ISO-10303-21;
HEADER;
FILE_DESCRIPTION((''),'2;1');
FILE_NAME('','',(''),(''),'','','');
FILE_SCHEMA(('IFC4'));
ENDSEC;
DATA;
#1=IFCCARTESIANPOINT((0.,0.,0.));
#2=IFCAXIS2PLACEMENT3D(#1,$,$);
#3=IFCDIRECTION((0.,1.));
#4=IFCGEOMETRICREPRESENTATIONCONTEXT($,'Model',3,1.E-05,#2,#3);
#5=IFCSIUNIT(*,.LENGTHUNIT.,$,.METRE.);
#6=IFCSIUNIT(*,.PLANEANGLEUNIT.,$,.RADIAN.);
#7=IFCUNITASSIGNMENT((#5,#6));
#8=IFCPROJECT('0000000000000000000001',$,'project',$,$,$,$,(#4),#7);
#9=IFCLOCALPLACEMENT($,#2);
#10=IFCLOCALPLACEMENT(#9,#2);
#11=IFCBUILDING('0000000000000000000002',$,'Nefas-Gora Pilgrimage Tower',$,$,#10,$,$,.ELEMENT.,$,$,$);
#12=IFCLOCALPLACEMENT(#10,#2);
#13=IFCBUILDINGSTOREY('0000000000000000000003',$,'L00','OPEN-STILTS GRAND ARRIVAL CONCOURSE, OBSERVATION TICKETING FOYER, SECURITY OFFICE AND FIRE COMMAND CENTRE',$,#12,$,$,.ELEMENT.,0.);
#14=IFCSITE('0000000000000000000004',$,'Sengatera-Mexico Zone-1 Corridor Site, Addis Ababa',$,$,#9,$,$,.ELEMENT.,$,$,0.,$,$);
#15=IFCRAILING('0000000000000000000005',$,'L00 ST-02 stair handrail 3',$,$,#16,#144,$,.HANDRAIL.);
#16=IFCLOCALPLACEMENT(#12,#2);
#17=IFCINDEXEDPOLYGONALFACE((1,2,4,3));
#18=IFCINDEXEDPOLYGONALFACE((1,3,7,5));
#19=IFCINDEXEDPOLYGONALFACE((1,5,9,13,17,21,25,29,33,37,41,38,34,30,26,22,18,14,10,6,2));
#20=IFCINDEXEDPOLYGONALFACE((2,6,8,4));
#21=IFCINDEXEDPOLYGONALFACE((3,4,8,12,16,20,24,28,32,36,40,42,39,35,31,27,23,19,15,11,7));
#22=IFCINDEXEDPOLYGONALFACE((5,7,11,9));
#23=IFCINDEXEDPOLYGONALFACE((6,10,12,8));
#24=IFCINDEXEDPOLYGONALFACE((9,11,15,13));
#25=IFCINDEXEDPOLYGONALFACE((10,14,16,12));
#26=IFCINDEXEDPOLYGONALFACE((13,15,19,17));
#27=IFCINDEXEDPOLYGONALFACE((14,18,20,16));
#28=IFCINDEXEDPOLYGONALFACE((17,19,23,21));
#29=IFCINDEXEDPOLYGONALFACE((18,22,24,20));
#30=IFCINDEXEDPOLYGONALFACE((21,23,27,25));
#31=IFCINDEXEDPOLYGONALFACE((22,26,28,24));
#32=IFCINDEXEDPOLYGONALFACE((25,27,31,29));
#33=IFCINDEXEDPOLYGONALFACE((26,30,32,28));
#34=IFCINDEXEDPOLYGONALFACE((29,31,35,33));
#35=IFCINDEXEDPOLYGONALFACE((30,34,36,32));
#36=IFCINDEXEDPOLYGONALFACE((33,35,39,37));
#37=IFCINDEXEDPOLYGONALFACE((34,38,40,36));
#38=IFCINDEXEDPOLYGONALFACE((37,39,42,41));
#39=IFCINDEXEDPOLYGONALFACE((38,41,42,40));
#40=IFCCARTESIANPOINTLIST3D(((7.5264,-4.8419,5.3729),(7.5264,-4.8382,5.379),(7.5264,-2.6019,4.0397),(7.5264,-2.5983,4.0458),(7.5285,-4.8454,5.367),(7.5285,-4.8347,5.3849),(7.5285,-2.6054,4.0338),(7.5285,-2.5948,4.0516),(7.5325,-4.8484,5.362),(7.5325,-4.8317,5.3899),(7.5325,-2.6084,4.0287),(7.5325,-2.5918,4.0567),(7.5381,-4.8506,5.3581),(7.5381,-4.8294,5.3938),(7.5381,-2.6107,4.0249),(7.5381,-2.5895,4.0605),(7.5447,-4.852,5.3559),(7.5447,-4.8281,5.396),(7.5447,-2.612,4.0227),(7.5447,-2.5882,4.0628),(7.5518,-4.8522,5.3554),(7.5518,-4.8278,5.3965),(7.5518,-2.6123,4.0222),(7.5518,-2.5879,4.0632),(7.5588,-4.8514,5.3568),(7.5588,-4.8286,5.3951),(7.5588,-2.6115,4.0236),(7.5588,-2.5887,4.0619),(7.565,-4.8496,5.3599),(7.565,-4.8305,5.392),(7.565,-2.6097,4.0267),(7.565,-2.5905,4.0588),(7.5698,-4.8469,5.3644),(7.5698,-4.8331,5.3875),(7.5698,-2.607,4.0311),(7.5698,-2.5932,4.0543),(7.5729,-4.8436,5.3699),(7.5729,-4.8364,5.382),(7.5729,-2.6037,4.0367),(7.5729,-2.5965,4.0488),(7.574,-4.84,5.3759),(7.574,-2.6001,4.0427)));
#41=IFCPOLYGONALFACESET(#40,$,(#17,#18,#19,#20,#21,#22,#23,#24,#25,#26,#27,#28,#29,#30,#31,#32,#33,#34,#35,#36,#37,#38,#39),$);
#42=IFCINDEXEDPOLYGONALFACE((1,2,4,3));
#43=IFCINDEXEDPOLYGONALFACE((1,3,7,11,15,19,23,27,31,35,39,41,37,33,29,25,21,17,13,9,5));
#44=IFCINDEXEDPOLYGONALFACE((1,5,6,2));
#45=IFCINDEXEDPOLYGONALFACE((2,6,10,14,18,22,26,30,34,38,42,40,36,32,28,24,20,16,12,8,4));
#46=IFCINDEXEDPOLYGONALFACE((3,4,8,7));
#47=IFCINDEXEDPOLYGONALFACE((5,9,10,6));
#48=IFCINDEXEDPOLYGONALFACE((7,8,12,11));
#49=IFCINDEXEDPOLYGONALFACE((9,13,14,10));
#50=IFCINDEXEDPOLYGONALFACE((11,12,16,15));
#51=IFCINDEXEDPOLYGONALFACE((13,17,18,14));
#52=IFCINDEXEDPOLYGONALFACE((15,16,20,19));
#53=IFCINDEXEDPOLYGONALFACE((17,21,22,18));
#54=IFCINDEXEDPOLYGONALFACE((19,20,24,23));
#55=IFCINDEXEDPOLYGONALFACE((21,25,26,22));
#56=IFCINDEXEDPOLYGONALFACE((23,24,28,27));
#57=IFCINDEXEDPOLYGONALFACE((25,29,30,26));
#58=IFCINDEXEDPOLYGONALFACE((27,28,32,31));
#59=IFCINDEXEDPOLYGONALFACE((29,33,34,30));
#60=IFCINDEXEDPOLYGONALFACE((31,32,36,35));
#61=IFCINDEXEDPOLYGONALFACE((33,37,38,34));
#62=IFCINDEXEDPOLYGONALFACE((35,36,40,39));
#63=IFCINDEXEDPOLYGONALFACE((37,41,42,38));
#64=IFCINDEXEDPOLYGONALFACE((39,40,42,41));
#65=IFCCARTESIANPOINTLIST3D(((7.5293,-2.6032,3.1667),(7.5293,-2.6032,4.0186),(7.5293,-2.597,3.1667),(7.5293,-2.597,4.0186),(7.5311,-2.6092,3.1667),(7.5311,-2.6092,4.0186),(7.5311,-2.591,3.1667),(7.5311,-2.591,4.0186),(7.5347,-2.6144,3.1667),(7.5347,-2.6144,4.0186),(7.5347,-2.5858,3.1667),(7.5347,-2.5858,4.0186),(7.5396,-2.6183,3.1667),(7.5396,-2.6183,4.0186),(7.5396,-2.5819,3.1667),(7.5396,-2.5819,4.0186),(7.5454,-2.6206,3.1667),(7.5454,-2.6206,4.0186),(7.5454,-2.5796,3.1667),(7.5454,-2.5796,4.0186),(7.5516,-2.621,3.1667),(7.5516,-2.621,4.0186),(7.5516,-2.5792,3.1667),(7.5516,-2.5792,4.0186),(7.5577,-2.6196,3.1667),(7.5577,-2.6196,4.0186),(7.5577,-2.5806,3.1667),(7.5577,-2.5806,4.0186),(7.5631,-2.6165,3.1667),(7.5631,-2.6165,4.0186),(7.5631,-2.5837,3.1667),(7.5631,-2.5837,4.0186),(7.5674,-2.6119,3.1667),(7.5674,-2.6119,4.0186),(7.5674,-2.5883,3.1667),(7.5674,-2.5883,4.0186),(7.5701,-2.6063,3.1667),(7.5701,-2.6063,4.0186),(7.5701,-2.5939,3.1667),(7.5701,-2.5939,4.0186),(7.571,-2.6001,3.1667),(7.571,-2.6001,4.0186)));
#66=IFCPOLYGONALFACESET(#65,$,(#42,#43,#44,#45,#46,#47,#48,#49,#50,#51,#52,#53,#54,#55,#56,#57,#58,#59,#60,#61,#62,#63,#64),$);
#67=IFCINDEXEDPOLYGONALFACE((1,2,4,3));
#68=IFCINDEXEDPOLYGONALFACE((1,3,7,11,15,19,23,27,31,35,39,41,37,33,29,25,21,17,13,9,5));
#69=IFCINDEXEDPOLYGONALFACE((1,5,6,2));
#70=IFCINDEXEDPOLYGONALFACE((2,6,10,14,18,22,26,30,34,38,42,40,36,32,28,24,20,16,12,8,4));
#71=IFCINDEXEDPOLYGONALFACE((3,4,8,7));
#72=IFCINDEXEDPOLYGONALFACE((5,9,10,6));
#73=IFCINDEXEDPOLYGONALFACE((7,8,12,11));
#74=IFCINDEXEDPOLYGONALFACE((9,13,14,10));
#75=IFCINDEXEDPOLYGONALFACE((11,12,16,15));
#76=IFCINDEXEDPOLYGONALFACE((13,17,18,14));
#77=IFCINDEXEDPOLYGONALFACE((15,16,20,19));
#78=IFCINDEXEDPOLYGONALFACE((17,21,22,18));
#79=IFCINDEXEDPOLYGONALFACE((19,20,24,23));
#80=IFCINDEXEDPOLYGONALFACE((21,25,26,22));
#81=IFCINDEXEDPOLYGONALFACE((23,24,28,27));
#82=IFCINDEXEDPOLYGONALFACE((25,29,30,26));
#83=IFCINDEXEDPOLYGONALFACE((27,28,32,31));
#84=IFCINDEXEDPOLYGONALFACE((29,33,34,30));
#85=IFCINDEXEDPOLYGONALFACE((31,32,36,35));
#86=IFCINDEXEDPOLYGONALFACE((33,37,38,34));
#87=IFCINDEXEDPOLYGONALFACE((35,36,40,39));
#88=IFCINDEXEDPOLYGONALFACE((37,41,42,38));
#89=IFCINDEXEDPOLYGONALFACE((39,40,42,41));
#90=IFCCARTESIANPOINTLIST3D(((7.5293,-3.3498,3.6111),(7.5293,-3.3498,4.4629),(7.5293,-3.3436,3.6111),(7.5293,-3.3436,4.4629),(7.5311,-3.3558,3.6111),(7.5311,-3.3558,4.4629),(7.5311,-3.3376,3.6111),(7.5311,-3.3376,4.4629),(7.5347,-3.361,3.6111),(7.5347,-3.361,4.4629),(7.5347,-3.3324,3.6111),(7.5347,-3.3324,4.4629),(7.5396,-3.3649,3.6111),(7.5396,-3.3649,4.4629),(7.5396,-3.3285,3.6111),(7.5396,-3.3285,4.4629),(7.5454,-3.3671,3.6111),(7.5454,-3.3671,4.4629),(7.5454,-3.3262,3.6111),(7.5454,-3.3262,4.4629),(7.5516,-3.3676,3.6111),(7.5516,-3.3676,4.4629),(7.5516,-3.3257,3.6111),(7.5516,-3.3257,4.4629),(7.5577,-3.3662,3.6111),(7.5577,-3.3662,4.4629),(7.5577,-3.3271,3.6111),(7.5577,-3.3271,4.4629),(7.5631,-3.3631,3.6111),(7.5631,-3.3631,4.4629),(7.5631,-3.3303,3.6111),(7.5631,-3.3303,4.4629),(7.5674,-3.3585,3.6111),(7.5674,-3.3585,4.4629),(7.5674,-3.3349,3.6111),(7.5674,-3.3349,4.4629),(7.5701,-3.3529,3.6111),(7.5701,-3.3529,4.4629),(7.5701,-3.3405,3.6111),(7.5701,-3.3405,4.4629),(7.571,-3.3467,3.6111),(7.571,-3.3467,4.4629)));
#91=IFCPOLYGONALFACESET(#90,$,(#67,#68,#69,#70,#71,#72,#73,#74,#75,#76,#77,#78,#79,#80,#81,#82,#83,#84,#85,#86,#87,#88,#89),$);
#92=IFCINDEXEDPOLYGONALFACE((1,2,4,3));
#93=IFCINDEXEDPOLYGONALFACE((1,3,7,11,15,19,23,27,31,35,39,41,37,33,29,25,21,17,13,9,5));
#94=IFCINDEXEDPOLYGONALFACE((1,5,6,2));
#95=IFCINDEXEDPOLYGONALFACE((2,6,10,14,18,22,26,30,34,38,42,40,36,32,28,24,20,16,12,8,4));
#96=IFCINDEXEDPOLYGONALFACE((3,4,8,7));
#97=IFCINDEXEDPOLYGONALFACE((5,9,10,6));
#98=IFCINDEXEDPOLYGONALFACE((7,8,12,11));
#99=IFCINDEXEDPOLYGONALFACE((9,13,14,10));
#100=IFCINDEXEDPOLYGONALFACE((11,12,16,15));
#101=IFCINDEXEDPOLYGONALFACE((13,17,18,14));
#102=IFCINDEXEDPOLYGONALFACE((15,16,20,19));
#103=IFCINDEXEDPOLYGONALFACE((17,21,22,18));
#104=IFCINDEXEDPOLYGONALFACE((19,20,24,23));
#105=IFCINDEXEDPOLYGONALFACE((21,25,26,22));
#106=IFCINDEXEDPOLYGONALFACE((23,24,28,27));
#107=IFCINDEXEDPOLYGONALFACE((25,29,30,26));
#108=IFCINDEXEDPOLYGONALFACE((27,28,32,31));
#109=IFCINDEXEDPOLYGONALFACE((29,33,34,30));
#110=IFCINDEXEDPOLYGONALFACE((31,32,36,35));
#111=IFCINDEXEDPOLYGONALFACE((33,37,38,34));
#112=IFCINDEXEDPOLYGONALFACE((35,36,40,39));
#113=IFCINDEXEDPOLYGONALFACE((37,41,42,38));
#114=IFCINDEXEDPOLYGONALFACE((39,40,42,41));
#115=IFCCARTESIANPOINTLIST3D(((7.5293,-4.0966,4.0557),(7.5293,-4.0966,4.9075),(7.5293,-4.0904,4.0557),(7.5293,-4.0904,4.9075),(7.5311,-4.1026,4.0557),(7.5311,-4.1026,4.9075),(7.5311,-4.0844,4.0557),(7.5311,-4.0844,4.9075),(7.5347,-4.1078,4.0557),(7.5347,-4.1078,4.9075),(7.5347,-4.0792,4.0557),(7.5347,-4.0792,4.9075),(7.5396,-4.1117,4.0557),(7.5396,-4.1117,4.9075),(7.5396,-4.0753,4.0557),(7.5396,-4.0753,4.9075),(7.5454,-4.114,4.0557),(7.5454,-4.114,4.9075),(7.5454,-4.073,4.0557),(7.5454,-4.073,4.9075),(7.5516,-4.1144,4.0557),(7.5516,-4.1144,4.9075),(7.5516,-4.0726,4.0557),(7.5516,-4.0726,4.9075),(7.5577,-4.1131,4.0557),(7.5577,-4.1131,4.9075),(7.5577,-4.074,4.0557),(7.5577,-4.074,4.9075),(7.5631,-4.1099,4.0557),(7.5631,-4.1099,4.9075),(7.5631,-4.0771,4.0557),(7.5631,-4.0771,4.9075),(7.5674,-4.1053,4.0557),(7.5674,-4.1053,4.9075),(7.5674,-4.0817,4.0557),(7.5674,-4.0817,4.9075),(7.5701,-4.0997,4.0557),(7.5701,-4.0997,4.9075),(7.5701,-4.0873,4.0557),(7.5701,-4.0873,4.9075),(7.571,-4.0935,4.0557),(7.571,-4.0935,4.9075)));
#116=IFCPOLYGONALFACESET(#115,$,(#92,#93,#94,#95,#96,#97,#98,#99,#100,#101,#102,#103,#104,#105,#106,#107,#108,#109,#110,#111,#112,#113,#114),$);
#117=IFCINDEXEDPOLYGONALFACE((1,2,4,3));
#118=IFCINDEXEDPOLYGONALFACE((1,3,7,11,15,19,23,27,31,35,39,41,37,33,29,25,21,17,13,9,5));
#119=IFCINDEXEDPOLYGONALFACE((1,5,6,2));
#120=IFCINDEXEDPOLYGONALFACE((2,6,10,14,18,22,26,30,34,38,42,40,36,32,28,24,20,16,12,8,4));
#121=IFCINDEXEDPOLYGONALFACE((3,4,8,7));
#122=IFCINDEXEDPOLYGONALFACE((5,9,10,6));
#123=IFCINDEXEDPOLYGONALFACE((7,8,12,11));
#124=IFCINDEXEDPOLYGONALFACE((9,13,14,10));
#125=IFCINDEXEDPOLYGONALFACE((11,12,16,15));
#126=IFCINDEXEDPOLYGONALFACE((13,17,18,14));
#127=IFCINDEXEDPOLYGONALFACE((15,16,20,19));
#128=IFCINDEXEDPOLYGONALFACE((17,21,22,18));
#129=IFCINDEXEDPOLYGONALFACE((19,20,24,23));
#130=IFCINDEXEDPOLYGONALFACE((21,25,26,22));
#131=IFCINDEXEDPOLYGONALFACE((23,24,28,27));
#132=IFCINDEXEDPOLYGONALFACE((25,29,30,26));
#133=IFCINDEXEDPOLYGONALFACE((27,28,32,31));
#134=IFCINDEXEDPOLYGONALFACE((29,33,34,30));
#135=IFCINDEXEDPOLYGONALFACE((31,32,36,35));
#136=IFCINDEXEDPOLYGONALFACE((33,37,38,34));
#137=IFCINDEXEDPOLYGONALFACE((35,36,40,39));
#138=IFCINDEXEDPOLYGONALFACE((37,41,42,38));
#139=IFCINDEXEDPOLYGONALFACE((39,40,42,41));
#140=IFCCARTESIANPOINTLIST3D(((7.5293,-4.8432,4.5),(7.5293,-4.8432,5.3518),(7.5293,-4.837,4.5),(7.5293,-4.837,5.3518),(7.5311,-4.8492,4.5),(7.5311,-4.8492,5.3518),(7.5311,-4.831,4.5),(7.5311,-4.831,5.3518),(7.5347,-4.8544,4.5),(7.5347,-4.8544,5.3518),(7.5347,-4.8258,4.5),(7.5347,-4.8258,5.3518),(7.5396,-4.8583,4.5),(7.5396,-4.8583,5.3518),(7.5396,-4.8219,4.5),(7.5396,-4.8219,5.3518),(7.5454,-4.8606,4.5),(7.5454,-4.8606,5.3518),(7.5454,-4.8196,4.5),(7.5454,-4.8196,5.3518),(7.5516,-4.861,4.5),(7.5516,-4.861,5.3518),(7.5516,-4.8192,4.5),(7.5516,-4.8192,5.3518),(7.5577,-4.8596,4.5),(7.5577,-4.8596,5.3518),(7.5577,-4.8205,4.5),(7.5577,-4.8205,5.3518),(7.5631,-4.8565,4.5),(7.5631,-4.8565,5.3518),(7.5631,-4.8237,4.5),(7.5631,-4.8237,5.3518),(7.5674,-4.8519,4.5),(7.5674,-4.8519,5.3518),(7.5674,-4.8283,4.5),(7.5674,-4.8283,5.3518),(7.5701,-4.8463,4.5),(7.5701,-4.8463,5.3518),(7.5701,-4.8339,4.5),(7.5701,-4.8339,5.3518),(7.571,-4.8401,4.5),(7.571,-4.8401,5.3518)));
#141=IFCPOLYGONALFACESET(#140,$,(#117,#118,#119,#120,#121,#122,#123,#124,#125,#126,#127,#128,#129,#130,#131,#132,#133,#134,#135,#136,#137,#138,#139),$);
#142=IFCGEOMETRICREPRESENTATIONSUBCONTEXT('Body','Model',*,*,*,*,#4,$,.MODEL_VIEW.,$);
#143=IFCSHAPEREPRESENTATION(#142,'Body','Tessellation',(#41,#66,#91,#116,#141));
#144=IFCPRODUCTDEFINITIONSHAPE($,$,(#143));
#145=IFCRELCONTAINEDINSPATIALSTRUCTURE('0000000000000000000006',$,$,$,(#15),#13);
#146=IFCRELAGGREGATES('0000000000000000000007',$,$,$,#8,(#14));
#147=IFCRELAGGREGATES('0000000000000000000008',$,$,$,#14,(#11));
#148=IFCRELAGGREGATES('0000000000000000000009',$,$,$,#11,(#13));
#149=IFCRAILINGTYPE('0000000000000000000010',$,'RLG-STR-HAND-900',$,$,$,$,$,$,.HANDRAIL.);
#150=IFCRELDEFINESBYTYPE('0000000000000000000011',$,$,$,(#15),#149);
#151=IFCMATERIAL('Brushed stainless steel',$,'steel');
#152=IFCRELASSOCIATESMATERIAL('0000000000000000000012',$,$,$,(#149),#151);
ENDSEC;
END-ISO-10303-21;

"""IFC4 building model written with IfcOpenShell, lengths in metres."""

from ifc_helpers import new_model, si_unit, direction, frame, origin, origin_2d, place, context, subcontext, project, spatial, circle, extrude, material, type_object, element, save


model = new_model("IFC4")

# Units and contexts
model_context = context("Model", 3, precision=1e-05, world=origin(), true_north=direction((0.0, 1.0)))
body_context = subcontext(model_context, "Body", "Model", "MODEL_VIEW")
ifc_project = project(units=[si_unit("LENGTHUNIT", "METRE"), si_unit("PLANEANGLEUNIT", "RADIAN")], contexts=[model_context])

# Site, building, storey
site_placement = place(None, origin())
site = spatial("IfcSite", under=ifc_project, at=site_placement, Name="Sengatera-Mexico Zone-1 Corridor Site, Addis Ababa", CompositionType="ELEMENT", RefElevation=0.0)
building_placement = place(site_placement, origin())
building = spatial("IfcBuilding", under=site, at=building_placement, Name="Nefas-Gora Pilgrimage Tower", CompositionType="ELEMENT")
storey_placement = place(building_placement, origin())
storey = spatial("IfcBuildingStorey", under=building, at=storey_placement, Name="L00", Description="OPEN-STILTS GRAND ARRIVAL CONCOURSE, OBSERVATION TICKETING FOYER, SECURITY OFFICE AND FIRE COMMAND CENTRE", CompositionType="ELEMENT", Elevation=0.0)

# Railing
ifc_material_1 = material(Name="Brushed stainless steel", Category="steel")
railing_type_1 = type_object("IfcRailingType", Name="RLG-STR-HAND-900", PredefinedType="HANDRAIL", material=ifc_material_1)
railing_1_placement = place(storey_placement, frame((7.55, -2.6001, 3.1667)))
element("IfcRailing", 1, at=railing_1_placement, inside=storey, type_object=railing_type_1, Name="L00 ST-02 stair handrail 3", PredefinedType="HANDRAIL", context=body_context, shape_type="SweptSolid", body=[
    extrude(circle(Radius=0.0239, at=origin_2d()), frame((0.0, 0.0, 0.876), z_axis=(0.0, -0.859306, 0.511462), x_axis=(1.0, 0.0, 0.0)), (0.0, 0.0, 1.0), 2.6067),
    extrude(circle(Radius=0.021, at=origin_2d()), origin(), (0.0, 0.0, 1.0), 0.8518),
    extrude(circle(Radius=0.021, at=origin_2d()), frame((0.0, -0.7466, 0.4443)), (0.0, 0.0, 1.0), 0.8518),
    extrude(circle(Radius=0.021, at=origin_2d()), frame((0.0, -1.4934, 0.8889)), (0.0, 0.0, 1.0), 0.8518),
    extrude(circle(Radius=0.021, at=origin_2d()), frame((0.0, -2.24, 1.3333)), (0.0, 0.0, 1.0), 0.8518),
])

save(model, "model.ifc")
